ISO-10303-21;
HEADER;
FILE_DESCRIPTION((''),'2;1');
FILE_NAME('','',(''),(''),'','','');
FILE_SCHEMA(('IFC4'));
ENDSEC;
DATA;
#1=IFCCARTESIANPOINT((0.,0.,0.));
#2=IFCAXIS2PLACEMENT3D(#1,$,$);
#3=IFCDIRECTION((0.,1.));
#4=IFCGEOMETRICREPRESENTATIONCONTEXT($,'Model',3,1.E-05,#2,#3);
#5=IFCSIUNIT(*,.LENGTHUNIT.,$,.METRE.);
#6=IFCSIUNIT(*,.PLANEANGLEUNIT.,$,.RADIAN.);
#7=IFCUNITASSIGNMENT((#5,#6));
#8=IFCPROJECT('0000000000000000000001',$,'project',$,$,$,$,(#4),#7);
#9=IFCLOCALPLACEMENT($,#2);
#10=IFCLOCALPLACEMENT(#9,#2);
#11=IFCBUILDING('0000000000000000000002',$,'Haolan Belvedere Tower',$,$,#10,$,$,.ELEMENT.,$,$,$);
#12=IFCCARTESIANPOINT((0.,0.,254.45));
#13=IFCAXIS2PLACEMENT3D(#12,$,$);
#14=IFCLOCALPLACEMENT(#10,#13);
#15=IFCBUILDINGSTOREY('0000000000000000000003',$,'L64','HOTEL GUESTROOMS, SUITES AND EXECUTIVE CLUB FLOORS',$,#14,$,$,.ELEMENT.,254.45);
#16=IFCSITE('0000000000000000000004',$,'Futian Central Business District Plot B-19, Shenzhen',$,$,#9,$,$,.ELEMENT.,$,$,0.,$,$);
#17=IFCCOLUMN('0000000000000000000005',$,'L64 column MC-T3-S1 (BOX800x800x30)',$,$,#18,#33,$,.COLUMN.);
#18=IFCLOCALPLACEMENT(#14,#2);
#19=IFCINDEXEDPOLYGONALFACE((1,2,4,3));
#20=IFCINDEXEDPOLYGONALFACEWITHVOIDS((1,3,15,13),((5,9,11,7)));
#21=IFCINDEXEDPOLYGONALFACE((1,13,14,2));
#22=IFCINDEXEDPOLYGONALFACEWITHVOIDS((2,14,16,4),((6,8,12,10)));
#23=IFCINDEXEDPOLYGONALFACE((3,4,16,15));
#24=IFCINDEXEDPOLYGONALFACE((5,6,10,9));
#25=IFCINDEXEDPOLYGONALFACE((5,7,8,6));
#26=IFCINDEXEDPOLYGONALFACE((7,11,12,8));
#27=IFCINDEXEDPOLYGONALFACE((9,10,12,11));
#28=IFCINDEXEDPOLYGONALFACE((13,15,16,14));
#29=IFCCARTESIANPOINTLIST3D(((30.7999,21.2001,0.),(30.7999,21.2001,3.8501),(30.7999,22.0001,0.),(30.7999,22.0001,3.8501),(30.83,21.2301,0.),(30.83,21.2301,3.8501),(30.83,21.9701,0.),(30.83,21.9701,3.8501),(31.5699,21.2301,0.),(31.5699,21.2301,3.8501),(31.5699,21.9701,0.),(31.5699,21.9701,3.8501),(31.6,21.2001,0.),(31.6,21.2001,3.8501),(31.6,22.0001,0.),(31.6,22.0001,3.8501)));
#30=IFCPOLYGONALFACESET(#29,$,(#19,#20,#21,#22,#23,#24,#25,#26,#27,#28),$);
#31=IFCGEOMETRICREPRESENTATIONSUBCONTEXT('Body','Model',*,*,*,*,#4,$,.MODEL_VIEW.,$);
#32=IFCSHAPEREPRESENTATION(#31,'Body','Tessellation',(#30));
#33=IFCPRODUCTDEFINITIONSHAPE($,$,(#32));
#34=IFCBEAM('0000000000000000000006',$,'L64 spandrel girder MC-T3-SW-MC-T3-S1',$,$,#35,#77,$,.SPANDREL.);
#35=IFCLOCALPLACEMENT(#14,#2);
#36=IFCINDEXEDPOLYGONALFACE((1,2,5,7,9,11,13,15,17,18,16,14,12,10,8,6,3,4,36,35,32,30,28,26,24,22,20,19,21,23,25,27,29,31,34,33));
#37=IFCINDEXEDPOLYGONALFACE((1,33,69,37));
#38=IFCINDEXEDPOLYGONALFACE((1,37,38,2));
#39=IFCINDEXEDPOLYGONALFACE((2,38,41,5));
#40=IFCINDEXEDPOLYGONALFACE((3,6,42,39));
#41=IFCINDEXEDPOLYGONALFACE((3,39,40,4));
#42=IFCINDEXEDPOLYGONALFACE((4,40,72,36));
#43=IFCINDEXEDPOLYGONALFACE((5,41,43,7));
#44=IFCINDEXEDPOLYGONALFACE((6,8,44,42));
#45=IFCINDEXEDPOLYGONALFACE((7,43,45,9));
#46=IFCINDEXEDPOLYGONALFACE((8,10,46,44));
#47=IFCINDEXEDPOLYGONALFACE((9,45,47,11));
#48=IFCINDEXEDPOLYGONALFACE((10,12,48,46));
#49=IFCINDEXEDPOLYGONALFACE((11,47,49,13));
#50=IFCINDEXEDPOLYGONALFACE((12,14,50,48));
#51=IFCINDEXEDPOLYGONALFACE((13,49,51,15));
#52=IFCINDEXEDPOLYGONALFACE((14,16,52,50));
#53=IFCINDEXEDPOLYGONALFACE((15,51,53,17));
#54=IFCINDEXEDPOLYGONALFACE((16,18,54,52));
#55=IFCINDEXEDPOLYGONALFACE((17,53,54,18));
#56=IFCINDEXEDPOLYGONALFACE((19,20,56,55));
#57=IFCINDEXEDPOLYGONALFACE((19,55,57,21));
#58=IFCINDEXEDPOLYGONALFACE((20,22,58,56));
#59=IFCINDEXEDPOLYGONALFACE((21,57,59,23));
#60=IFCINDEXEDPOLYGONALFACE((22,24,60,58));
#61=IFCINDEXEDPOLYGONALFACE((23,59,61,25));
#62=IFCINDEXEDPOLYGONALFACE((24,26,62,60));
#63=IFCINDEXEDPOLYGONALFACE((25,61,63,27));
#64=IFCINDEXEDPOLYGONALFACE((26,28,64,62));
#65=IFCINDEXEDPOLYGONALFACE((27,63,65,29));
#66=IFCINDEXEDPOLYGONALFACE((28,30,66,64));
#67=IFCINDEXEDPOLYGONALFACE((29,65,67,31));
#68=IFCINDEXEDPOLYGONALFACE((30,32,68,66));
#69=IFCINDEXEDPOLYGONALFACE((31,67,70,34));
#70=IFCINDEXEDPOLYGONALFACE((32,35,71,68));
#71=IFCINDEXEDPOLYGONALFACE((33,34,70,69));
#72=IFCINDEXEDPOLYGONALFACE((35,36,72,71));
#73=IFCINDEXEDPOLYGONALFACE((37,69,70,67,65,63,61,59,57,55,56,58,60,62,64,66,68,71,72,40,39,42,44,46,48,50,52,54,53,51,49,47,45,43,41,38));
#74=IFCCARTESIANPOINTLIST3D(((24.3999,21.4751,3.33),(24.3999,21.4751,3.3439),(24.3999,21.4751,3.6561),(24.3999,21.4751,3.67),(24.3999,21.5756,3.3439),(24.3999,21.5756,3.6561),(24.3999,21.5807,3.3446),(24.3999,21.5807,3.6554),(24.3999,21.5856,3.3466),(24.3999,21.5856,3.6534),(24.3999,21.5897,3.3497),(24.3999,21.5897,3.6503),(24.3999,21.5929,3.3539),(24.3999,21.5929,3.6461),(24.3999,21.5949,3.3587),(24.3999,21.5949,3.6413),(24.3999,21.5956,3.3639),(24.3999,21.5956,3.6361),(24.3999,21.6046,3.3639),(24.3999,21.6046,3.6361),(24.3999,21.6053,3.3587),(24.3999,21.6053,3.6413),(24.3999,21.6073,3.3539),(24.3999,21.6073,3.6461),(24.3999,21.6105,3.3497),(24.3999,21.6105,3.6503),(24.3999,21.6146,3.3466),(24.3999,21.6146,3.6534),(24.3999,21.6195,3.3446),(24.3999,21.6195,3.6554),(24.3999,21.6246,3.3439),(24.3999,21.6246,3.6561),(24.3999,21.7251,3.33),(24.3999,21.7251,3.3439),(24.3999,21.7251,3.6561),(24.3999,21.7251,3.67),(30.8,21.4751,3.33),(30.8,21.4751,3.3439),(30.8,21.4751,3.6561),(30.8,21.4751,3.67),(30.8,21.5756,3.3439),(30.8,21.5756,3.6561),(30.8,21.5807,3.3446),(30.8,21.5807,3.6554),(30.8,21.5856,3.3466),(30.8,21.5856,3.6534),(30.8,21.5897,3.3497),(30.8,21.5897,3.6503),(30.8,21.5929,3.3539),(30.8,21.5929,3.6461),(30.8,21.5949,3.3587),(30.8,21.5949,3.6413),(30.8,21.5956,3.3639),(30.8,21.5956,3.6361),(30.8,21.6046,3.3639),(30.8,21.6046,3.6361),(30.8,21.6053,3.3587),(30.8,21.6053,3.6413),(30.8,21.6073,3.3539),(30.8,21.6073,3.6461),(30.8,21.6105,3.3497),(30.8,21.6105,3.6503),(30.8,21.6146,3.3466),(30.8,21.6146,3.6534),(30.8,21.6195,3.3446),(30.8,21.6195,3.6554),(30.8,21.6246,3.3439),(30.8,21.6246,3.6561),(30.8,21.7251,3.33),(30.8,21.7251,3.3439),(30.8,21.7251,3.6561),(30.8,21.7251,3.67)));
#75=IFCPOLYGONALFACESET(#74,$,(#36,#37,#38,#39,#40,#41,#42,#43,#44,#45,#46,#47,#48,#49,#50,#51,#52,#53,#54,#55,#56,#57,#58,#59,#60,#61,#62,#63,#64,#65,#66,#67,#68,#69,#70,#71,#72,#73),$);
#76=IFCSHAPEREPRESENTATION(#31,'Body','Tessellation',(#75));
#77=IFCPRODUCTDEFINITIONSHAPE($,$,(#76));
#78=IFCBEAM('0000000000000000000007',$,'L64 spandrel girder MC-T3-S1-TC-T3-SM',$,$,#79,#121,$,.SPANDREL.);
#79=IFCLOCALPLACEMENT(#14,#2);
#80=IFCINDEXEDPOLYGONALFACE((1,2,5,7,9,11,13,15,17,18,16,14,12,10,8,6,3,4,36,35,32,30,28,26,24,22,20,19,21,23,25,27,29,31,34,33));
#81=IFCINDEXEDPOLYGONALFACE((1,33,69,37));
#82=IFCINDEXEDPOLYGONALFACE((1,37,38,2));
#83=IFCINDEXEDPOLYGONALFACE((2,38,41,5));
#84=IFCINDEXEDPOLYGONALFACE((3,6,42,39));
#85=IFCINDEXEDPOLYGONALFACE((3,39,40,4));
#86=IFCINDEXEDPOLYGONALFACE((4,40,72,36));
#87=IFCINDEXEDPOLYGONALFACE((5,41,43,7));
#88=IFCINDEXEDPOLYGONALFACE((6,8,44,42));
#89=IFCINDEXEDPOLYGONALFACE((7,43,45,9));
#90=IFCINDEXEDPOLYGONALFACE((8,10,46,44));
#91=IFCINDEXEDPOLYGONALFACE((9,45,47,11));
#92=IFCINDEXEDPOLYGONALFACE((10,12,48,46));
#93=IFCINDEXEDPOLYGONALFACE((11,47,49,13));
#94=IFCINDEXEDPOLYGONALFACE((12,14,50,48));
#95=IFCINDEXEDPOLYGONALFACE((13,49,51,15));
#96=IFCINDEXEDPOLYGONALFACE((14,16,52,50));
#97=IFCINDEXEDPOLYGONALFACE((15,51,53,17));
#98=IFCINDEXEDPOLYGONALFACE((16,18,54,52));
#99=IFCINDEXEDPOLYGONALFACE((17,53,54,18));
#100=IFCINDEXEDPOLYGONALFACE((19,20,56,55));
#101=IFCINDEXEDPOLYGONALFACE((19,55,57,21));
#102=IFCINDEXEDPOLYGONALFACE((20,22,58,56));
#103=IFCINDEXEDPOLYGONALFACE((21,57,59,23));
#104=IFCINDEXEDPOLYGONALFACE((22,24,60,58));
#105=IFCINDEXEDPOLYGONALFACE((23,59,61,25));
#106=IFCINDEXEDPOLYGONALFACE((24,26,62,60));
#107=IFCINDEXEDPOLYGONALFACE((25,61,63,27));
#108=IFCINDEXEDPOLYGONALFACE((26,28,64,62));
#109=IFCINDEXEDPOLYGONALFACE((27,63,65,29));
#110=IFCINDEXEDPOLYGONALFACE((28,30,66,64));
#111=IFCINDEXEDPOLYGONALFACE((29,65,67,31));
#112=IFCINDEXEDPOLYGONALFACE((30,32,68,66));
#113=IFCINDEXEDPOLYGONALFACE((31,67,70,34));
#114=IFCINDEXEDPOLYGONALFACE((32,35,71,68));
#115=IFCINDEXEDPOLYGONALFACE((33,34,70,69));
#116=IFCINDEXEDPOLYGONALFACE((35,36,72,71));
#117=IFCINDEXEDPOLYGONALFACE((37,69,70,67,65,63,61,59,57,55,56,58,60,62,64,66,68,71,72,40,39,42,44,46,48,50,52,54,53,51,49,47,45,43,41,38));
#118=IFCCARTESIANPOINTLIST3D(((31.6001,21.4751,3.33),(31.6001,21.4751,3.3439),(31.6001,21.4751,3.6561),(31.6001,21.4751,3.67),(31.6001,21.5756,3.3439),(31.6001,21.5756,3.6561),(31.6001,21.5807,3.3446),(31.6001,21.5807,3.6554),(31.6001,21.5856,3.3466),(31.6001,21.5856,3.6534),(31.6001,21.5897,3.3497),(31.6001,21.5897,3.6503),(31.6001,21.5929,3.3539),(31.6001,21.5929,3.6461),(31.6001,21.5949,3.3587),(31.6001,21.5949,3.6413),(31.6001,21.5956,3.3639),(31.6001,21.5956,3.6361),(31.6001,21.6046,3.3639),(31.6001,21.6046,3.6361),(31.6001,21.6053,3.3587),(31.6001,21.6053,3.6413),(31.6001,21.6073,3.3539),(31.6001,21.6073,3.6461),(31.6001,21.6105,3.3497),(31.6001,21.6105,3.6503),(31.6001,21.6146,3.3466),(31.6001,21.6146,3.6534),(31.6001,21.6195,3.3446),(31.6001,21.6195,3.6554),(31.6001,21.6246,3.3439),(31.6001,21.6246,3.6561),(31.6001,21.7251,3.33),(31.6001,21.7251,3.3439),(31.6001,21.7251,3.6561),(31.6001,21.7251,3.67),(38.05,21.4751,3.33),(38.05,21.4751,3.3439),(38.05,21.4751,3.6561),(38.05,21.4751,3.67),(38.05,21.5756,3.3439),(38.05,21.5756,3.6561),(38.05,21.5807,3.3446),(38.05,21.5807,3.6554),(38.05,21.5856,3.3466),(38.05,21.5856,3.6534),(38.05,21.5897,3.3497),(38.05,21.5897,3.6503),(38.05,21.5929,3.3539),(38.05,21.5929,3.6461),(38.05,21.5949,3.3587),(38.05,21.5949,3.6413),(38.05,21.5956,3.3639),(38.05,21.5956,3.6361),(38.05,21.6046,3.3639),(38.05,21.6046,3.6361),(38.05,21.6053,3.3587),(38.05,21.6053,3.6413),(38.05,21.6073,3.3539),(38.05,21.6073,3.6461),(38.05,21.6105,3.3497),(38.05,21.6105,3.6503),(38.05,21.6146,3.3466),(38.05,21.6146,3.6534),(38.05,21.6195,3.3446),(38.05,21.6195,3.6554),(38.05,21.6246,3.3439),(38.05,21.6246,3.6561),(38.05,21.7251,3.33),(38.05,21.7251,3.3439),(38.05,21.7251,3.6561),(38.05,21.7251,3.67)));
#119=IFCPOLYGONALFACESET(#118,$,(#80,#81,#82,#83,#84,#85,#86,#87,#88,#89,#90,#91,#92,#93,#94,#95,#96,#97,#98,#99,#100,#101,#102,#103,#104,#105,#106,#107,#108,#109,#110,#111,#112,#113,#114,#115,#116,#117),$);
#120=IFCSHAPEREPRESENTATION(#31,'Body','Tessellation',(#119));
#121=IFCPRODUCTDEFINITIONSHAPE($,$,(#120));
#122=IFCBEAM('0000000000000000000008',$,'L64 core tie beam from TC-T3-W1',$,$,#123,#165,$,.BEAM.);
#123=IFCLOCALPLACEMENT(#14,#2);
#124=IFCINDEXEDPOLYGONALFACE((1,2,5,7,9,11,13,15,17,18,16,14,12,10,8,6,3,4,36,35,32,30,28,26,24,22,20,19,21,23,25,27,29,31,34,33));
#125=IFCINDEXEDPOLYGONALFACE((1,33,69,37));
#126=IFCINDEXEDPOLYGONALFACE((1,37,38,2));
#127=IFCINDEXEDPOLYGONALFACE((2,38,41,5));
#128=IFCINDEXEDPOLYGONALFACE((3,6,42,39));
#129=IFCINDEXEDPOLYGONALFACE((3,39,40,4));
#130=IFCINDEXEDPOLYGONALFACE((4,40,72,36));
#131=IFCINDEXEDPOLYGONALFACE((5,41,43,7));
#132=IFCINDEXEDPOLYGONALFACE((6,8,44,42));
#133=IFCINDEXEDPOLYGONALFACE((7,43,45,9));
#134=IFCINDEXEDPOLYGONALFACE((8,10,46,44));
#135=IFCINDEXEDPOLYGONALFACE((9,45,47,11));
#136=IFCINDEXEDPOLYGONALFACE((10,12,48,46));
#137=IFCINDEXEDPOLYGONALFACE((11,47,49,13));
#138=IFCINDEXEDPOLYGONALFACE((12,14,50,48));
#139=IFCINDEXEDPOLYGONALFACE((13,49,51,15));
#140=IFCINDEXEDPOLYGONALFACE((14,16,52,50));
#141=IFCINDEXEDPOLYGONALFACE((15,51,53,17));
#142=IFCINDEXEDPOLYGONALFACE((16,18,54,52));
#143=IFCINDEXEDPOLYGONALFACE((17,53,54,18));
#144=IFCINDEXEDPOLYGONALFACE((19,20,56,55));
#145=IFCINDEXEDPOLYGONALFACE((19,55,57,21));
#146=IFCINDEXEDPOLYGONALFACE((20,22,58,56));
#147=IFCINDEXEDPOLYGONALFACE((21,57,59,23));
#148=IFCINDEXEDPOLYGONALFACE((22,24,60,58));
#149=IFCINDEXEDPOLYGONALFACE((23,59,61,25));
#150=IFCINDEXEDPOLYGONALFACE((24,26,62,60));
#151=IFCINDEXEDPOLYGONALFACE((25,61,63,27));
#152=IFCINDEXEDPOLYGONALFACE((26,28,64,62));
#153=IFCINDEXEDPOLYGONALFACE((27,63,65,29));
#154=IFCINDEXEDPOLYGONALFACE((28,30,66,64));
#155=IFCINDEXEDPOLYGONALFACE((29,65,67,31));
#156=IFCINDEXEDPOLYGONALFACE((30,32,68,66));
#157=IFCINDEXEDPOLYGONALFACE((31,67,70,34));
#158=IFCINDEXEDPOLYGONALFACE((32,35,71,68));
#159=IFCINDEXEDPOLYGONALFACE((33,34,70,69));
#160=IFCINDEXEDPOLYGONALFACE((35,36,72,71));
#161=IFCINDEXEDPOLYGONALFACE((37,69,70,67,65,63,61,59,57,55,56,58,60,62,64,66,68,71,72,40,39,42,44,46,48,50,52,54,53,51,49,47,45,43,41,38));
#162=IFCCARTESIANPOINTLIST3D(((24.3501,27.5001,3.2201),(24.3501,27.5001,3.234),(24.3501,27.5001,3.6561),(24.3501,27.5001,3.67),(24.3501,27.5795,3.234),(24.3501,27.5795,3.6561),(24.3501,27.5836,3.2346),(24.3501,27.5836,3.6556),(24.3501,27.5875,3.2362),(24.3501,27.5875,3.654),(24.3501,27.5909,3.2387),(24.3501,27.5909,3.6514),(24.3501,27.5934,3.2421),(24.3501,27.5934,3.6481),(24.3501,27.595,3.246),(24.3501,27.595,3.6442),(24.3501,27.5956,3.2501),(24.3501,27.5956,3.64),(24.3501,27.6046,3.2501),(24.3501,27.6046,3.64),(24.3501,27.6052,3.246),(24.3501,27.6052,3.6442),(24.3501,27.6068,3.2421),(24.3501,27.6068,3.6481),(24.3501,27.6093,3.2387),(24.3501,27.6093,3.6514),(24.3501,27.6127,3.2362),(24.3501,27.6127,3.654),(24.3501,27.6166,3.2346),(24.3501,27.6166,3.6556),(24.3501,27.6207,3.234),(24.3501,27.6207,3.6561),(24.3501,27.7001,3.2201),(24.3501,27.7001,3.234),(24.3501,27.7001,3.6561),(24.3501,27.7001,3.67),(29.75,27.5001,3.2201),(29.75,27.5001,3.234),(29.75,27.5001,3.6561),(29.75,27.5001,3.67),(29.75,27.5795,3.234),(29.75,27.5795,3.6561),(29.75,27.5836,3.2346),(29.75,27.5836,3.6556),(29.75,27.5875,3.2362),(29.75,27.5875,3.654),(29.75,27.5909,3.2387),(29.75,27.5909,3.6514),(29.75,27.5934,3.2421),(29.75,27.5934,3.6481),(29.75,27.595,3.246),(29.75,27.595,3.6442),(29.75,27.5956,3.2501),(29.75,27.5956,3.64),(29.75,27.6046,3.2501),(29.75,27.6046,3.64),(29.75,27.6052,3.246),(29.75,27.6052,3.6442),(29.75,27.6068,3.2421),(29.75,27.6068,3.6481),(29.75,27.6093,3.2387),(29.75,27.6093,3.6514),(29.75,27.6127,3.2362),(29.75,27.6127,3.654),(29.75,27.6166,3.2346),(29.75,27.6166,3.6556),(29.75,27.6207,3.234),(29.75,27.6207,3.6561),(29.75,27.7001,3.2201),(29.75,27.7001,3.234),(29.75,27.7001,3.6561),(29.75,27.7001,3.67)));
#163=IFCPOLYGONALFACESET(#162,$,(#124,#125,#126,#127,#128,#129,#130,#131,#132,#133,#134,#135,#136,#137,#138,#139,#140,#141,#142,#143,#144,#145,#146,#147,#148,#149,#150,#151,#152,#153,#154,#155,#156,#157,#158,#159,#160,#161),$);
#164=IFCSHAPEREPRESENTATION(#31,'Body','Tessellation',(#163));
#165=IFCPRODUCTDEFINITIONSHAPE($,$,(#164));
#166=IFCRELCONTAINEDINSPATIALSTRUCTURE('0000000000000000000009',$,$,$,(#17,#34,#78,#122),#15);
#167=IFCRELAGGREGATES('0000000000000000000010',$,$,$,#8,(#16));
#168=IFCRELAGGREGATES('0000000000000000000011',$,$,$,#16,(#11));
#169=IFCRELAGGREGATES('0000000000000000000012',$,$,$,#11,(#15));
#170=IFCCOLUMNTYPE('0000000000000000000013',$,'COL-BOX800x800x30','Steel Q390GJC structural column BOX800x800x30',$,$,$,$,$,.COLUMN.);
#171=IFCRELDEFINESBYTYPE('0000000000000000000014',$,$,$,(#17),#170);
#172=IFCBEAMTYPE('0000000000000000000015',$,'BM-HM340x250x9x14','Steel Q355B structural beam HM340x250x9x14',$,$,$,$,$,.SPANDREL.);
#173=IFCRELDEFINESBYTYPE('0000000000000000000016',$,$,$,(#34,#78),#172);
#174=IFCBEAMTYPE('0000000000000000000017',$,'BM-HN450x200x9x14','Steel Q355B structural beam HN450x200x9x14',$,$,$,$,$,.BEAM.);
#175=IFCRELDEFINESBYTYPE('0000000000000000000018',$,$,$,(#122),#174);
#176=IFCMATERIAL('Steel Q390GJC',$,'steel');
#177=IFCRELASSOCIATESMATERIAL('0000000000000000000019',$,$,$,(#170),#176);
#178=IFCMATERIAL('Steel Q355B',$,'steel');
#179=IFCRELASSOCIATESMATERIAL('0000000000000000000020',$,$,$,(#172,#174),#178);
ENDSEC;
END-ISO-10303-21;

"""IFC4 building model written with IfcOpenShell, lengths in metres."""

from ifc_helpers import new_model, si_unit, direction, frame, origin, origin_2d, place, context, subcontext, project, spatial, hollow_rectangle, i_section, extrude, material, material_profile, profile_set, type_object, element, save


model = new_model("IFC4")

# Units and contexts
model_context = context("Model", 3, precision=1e-05, world=origin(), true_north=direction((0.0, 1.0)))
body_context = subcontext(model_context, "Body", "Model", "MODEL_VIEW")
ifc_project = project(units=[si_unit("LENGTHUNIT", "METRE"), si_unit("PLANEANGLEUNIT", "RADIAN")], contexts=[model_context])

# Site, building, storey
site_placement = place(None, origin())
site = spatial("IfcSite", under=ifc_project, at=site_placement, Name="Futian Central Business District Plot B-19, Shenzhen", CompositionType="ELEMENT", RefElevation=0.0)
building_placement = place(site_placement, origin())
building = spatial("IfcBuilding", under=site, at=building_placement, Name="Haolan Belvedere Tower", CompositionType="ELEMENT")
storey_placement = place(building_placement, frame((0.0, 0.0, 254.45)))
storey = spatial("IfcBuildingStorey", under=building, at=storey_placement, Name="L64", Description="HOTEL GUESTROOMS, SUITES AND EXECUTIVE CLUB FLOORS", CompositionType="ELEMENT", Elevation=254.45)

# Column
ifc_material_1 = material(Name="Steel Q390GJC", Category="steel")
ifc_material_profile_1 = material_profile(ifc_material_1, hollow_rectangle(XDim=0.8, YDim=0.8, WallThickness=0.03, at=origin_2d()), Name="Steel Q390GJC")
ifc_profile_set_1 = profile_set([ifc_material_profile_1], Name="Steel Q390GJC")
column_type = type_object("IfcColumnType", Name="COL-BOX800x800x30", Description="Steel Q390GJC structural column BOX800x800x30", PredefinedType="COLUMN", material=ifc_profile_set_1)
column_placement = place(storey_placement, frame((31.2, 21.6001, 0.0), z_axis=(0.0, 0.0, 1.0), x_axis=(1.0, 0.0, 0.0)))
element("IfcColumn", 1, at=column_placement, inside=storey, type_object=column_type, Name="L64 column MC-T3-S1 (BOX800x800x30)", PredefinedType="COLUMN", context=body_context, shape_type="SweptSolid", body=[
    extrude(hollow_rectangle(XDim=0.8, YDim=0.8, WallThickness=0.03, at=origin_2d()), origin(), (0.0, 0.0, 1.0), 3.8501),
])

# Beams
ifc_material_2 = material(Name="Steel Q355B", Category="steel")
ifc_material_profile_2 = material_profile(ifc_material_2, i_section(OverallWidth=0.25, OverallDepth=0.3401, WebThickness=0.009, FlangeThickness=0.0139, FilletRadius=0.02, at=origin_2d()), Name="Steel Q355B")
ifc_profile_set_2 = profile_set([ifc_material_profile_2], Name="Steel Q355B")
beam_type_1 = type_object("IfcBeamType", Name="BM-HM340x250x9x14", Description="Steel Q355B structural beam HM340x250x9x14", PredefinedType="SPANDREL", material=ifc_profile_set_2)
beam_1_placement = place(storey_placement, frame((24.3999, 21.6001, 3.5), z_axis=(1.0, 0.0, 0.0), x_axis=(0.0, 1.0, 0.0)))
element("IfcBeam", 2, at=beam_1_placement, inside=storey, type_object=beam_type_1, Name="L64 spandrel girder MC-T3-SW-MC-T3-S1", PredefinedType="SPANDREL", context=body_context, shape_type="SweptSolid", body=[
    extrude(i_section(OverallWidth=0.25, OverallDepth=0.3401, WebThickness=0.009, FlangeThickness=0.0139, FilletRadius=0.02, at=origin_2d()), origin(), (0.0, 0.0, 1.0), 6.4001),
])
beam_2_placement = place(storey_placement, frame((31.6001, 21.6001, 3.5), z_axis=(1.0, 0.0, 0.0), x_axis=(0.0, 1.0, 0.0)))
element("IfcBeam", 3, at=beam_2_placement, inside=storey, type_object=beam_type_1, Name="L64 spandrel girder MC-T3-S1-TC-T3-SM", PredefinedType="SPANDREL", context=body_context, shape_type="SweptSolid", body=[
    extrude(i_section(OverallWidth=0.25, OverallDepth=0.3401, WebThickness=0.009, FlangeThickness=0.0139, FilletRadius=0.02, at=origin_2d()), origin(), (0.0, 0.0, 1.0), 6.45),
])
ifc_material_profile_3 = material_profile(ifc_material_2, i_section(OverallWidth=0.2, OverallDepth=0.45, WebThickness=0.009, FlangeThickness=0.0139, FilletRadius=0.0161, at=origin_2d()), Name="Steel Q355B")
ifc_profile_set_3 = profile_set([ifc_material_profile_3], Name="Steel Q355B")
beam_type_2 = type_object("IfcBeamType", Name="BM-HN450x200x9x14", Description="Steel Q355B structural beam HN450x200x9x14", PredefinedType="BEAM", material=ifc_profile_set_3)
beam_3_placement = place(storey_placement, frame((24.3501, 27.6001, 3.4451), z_axis=(1.0, 0.0, 0.0), x_axis=(0.0, 1.0, 0.0)))
element("IfcBeam", 4, at=beam_3_placement, inside=storey, type_object=beam_type_2, Name="L64 core tie beam from TC-T3-W1", PredefinedType="BEAM", context=body_context, shape_type="SweptSolid", body=[
    extrude(i_section(OverallWidth=0.2, OverallDepth=0.45, WebThickness=0.009, FlangeThickness=0.0139, FilletRadius=0.0161, at=origin_2d()), origin(), (0.0, 0.0, 1.0), 5.3999),
])

save(model, "model.ifc")
